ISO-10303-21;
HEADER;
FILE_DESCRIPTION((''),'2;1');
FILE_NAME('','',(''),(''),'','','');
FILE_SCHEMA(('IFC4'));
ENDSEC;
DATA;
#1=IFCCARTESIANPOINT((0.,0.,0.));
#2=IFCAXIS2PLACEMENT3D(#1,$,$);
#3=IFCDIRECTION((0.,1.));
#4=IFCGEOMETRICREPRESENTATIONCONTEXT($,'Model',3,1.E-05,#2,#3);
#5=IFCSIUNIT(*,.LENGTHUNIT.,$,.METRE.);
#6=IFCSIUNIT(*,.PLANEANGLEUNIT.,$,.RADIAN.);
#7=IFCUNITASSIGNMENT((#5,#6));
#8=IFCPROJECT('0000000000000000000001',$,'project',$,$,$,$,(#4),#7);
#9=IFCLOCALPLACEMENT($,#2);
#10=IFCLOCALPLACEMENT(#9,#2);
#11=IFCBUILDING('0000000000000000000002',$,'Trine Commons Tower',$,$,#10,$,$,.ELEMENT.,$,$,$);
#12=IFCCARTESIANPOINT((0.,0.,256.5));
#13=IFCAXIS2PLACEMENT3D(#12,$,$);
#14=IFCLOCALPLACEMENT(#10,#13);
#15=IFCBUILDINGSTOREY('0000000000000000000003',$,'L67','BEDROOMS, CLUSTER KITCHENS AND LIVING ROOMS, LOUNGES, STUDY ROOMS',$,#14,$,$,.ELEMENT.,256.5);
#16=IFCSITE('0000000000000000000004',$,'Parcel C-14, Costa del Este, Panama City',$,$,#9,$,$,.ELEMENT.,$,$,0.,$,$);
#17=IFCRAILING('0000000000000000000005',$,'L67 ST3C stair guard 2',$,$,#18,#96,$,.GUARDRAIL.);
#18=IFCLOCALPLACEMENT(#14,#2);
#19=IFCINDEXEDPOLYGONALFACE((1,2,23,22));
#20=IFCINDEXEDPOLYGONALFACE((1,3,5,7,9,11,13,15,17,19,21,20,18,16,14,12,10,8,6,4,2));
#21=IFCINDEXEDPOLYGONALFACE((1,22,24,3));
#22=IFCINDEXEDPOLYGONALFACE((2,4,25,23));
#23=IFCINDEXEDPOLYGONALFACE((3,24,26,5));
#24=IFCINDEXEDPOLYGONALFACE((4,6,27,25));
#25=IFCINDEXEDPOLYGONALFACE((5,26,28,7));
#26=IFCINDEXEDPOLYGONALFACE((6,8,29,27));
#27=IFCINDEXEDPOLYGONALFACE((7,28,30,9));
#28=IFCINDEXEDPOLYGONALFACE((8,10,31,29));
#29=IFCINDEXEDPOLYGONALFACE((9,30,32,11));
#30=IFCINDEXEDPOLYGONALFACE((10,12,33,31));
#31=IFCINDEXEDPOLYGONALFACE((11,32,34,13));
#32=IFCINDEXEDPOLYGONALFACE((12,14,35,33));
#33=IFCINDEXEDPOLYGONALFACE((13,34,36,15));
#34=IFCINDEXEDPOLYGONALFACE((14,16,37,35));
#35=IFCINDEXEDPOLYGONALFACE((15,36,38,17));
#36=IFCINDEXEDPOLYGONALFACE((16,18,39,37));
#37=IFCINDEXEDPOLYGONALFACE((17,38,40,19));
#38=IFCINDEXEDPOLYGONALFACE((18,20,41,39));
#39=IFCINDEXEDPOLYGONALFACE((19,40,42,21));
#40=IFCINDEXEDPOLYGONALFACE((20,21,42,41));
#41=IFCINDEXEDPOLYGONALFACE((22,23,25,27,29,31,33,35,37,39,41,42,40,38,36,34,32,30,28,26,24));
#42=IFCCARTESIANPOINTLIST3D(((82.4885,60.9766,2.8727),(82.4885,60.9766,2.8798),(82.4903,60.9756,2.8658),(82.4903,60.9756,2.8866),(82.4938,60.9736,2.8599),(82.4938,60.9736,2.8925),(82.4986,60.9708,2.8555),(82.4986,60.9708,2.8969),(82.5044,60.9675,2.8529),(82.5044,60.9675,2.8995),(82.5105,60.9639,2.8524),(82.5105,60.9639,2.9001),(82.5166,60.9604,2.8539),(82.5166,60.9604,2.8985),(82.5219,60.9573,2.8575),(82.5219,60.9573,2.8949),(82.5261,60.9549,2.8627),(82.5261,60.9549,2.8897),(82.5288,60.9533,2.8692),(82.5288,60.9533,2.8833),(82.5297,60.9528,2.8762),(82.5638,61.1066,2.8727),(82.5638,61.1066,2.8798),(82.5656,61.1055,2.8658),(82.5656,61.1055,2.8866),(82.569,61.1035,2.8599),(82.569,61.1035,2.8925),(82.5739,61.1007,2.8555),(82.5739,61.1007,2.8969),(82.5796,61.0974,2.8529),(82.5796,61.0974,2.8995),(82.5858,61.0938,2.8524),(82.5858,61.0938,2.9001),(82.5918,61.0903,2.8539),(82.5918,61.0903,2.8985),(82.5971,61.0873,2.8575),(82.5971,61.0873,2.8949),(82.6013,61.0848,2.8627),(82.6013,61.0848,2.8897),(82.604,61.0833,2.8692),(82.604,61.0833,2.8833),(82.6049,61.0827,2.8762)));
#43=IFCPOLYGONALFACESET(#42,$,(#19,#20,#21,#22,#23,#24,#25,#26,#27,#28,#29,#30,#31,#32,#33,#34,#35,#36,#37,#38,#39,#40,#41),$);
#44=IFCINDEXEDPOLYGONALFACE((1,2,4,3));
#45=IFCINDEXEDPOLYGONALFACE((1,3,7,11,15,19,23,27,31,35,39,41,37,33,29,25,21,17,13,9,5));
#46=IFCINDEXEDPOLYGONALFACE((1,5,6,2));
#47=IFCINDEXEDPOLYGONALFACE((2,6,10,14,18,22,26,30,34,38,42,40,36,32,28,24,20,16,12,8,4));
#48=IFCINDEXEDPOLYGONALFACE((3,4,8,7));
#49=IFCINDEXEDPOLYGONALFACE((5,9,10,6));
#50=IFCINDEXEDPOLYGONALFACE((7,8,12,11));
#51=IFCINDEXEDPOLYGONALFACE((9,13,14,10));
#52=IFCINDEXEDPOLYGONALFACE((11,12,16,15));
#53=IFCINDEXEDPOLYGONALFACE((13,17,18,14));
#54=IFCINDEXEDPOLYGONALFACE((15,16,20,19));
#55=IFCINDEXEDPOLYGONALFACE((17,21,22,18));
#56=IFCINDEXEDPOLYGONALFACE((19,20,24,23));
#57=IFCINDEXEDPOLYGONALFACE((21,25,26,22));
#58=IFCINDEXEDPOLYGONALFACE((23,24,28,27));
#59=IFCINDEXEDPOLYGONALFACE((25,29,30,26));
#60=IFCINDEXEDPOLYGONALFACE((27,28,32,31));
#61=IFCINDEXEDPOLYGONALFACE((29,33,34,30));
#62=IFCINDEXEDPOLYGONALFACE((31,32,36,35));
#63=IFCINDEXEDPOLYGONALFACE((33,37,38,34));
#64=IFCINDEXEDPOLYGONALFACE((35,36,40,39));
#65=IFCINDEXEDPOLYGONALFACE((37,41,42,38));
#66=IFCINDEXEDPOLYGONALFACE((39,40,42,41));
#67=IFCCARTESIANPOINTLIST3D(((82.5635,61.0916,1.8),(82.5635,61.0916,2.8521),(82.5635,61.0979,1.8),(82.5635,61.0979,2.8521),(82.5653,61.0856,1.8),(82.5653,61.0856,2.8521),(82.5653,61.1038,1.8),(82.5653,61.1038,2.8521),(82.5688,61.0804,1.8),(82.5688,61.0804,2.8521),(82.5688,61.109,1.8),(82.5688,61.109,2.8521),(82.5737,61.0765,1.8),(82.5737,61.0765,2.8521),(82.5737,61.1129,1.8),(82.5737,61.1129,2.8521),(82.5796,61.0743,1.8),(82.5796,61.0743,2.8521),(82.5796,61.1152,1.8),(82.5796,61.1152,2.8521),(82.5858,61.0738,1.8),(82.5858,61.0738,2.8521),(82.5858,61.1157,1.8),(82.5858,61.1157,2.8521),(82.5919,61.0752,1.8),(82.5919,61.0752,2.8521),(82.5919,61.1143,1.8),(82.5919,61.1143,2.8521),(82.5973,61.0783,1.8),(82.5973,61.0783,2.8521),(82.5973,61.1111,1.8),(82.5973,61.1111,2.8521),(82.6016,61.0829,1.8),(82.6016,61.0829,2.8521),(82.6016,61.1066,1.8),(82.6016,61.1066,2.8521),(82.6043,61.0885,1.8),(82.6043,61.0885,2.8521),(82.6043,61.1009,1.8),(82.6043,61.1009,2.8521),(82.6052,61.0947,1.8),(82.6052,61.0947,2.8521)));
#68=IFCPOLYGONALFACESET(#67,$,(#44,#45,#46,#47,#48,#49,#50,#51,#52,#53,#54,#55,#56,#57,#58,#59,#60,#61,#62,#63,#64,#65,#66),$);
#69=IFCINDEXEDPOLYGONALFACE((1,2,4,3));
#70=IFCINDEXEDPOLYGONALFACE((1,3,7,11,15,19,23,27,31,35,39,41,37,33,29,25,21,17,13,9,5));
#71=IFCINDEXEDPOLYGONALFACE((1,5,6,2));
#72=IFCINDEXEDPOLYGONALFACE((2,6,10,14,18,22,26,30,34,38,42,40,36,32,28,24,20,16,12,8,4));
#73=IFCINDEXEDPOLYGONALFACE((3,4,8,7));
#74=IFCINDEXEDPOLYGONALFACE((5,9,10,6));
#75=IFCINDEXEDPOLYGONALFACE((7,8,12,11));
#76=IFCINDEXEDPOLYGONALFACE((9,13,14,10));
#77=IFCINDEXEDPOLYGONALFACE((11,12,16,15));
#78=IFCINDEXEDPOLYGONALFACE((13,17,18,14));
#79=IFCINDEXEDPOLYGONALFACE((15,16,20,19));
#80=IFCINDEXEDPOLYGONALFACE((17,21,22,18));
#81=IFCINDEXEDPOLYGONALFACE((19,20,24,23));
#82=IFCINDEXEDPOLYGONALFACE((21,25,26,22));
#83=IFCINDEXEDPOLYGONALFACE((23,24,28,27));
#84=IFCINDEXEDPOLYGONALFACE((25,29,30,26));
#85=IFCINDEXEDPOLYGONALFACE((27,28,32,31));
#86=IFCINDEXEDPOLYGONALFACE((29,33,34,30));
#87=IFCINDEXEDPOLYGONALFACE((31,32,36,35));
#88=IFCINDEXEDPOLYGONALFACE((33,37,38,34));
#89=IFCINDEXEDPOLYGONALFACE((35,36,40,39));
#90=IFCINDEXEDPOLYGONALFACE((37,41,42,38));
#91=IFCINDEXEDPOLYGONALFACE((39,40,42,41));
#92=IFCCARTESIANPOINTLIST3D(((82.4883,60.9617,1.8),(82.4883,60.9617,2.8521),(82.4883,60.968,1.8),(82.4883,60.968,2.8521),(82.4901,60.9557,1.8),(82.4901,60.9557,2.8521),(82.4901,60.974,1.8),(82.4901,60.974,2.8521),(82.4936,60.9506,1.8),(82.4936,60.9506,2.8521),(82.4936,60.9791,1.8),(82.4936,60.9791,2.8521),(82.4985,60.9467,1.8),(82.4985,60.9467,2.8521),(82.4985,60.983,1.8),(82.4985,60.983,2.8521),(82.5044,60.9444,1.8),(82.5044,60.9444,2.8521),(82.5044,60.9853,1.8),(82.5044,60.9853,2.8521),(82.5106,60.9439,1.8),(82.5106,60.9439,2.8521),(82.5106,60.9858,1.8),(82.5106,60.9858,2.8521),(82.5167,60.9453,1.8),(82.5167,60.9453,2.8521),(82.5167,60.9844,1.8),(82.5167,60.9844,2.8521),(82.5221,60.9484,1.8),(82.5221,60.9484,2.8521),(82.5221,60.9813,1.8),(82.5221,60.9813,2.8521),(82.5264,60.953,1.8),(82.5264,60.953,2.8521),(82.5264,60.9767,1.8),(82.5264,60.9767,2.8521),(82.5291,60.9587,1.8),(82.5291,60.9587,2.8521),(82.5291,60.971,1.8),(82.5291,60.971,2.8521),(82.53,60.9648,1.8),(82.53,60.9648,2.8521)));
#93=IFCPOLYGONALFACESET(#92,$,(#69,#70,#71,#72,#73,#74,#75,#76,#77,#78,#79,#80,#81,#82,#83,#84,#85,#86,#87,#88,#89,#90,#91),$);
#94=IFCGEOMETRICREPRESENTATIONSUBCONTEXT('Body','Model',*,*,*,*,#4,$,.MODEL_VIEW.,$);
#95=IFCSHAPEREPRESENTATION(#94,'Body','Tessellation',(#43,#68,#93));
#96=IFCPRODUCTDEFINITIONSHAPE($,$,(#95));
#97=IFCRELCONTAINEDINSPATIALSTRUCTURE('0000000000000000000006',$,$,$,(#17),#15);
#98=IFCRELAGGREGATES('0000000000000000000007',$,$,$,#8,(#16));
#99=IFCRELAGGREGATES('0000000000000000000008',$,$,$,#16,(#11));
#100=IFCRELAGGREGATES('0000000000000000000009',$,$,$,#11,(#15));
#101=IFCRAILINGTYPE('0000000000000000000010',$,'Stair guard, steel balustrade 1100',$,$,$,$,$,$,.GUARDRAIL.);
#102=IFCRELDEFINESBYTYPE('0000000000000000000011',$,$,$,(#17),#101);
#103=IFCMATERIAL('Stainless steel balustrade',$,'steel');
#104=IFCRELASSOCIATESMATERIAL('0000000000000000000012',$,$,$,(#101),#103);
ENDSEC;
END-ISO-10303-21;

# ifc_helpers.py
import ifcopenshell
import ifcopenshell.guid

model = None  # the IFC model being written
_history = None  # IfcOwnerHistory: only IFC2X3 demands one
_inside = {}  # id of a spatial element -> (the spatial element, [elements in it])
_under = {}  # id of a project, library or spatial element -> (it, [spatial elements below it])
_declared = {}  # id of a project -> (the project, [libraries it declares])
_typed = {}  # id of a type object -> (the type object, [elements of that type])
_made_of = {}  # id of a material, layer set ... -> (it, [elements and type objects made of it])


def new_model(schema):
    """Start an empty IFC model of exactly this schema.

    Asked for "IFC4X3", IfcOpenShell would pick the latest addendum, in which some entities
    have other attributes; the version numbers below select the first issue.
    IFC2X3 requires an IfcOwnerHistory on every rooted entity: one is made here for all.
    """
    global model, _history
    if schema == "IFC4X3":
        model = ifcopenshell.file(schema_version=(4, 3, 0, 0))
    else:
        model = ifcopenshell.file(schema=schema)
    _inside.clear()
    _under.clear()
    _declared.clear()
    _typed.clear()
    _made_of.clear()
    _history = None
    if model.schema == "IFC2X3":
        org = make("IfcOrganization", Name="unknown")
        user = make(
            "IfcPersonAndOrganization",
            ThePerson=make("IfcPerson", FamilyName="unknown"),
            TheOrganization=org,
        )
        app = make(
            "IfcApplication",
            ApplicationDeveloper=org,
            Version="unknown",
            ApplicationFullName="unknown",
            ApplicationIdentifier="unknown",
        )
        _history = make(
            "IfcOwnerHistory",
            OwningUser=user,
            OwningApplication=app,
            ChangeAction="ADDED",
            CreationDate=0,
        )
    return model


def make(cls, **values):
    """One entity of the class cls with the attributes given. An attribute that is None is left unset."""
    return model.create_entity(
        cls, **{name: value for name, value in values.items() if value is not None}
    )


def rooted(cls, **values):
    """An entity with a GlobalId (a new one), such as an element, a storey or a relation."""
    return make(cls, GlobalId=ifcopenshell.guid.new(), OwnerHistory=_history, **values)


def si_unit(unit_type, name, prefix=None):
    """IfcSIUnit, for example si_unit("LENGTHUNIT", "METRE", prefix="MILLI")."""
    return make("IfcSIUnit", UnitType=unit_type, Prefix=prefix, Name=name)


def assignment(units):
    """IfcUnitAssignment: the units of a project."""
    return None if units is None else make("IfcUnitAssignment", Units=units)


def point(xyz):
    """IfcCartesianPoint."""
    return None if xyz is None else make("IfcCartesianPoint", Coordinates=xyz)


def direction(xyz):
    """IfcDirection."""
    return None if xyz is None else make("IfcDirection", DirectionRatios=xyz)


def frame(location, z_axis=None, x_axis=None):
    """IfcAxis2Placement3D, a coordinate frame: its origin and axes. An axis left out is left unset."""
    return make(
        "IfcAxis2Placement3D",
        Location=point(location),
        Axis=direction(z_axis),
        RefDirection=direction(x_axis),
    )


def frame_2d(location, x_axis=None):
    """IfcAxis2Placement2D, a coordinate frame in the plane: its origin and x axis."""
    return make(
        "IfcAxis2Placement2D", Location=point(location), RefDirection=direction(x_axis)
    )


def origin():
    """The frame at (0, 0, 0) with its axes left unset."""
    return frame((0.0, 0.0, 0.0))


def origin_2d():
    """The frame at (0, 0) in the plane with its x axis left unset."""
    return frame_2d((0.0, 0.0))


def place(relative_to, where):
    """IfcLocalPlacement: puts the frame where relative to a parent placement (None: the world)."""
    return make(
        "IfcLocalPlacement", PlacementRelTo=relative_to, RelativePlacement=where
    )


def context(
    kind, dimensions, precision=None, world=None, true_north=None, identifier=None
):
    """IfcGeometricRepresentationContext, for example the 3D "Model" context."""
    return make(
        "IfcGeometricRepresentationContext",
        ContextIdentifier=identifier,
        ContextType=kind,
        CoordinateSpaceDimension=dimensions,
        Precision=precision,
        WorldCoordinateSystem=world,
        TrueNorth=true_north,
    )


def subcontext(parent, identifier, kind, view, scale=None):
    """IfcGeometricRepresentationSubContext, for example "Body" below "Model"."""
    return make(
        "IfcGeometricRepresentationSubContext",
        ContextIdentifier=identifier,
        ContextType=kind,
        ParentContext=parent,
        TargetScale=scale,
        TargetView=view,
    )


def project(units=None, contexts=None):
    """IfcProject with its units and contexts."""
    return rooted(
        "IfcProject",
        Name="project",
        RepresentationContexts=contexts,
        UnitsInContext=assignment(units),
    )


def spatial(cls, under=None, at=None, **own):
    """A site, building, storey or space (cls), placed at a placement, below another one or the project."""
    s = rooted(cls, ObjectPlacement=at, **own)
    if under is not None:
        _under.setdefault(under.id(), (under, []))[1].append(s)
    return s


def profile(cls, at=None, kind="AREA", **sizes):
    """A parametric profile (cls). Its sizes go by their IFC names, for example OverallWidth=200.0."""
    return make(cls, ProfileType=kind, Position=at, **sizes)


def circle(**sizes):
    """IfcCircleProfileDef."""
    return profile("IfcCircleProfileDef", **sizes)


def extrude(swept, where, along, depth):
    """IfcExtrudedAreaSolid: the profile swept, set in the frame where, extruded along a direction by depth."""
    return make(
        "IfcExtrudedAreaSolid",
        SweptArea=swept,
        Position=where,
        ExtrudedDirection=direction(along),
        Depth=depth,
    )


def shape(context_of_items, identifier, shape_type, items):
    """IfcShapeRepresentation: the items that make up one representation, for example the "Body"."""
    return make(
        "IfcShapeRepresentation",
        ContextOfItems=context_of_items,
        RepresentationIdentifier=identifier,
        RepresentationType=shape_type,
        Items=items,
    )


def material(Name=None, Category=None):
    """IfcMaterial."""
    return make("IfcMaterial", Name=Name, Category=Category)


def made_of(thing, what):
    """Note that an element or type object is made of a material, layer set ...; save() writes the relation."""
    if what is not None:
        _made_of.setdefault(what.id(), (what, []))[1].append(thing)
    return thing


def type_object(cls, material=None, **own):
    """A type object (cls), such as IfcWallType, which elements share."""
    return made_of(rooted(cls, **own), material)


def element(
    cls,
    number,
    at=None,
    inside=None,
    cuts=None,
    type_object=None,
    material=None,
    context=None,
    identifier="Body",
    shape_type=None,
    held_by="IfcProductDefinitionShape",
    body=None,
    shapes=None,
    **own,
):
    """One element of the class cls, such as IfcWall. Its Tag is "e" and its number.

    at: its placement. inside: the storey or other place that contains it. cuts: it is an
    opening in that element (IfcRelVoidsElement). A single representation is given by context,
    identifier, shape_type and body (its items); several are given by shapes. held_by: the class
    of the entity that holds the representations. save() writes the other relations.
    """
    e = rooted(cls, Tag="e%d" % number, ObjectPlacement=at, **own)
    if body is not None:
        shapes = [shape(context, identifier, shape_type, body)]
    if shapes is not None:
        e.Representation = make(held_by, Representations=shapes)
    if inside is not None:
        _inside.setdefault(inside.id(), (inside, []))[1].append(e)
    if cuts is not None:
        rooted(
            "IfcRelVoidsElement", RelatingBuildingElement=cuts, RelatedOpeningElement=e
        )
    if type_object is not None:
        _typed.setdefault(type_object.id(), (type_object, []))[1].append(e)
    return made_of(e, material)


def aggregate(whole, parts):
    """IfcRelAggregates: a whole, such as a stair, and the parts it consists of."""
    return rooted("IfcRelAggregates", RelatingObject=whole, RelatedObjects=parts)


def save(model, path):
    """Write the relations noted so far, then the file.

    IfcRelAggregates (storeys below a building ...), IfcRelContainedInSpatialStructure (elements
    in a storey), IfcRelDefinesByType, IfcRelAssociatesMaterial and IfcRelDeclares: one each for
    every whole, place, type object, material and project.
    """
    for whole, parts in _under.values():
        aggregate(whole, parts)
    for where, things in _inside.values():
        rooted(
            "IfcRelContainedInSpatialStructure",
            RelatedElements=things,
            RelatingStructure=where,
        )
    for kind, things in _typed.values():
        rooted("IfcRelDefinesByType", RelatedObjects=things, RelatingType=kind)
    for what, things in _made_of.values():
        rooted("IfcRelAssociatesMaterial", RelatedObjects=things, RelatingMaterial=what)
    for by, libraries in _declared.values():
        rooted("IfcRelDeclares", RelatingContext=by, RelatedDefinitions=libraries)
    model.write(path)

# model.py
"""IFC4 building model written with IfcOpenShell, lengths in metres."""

from ifc_helpers import new_model, si_unit, direction, frame, origin, origin_2d, place, context, subcontext, project, spatial, circle, extrude, material, type_object, element, save


model = new_model("IFC4")

# Units and contexts
model_context = context("Model", 3, precision=1e-05, world=origin(), true_north=direction((0.0, 1.0)))
body_context = subcontext(model_context, "Body", "Model", "MODEL_VIEW")
ifc_project = project(units=[si_unit("LENGTHUNIT", "METRE"), si_unit("PLANEANGLEUNIT", "RADIAN")], contexts=[model_context])

# Site, building, storey
site_placement = place(None, origin())
site = spatial("IfcSite", under=ifc_project, at=site_placement, Name="Parcel C-14, Costa del Este, Panama City", CompositionType="ELEMENT", RefElevation=0.0)
building_placement = place(site_placement, origin())
building = spatial("IfcBuilding", under=site, at=building_placement, Name="Trine Commons Tower", CompositionType="ELEMENT")
storey_placement = place(building_placement, frame((0.0, 0.0, 256.5)))
storey = spatial("IfcBuildingStorey", under=building, at=storey_placement, Name="L67", Description="BEDROOMS, CLUSTER KITCHENS AND LIVING ROOMS, LOUNGES, STUDY ROOMS", CompositionType="ELEMENT", Elevation=256.5)

# Railing
ifc_material_1 = material(Name="Stainless steel balustrade", Category="steel")
railing_type_1 = type_object("IfcRailingType", Name="Stair guard, steel balustrade 1100", PredefinedType="GUARDRAIL", material=ifc_material_1)
railing_1_placement = place(storey_placement, frame((82.5842, 61.0947, 1.8)))
element("IfcRailing", 1, at=railing_1_placement, inside=storey, type_object=railing_type_1, Name="L67 ST3C stair guard 2", PredefinedType="GUARDRAIL", context=body_context, shape_type="SweptSolid", body=[
    extrude(circle(Radius=0.0239, at=origin_2d()), frame((0.0, 0.0, 1.0762), z_axis=(-0.501036, -0.865426, 0.0), x_axis=(0.865426, -0.501036, 0.0)), (0.0, 0.0, 1.0), 0.1501),
    extrude(circle(Radius=0.021, at=origin_2d()), origin(), (0.0, 0.0, 1.0), 1.052),
    extrude(circle(Radius=0.021, at=origin_2d()), frame((-0.0752, -0.1299, 0.0)), (0.0, 0.0, 1.0), 1.052),
])

save(model, "model.ifc")
